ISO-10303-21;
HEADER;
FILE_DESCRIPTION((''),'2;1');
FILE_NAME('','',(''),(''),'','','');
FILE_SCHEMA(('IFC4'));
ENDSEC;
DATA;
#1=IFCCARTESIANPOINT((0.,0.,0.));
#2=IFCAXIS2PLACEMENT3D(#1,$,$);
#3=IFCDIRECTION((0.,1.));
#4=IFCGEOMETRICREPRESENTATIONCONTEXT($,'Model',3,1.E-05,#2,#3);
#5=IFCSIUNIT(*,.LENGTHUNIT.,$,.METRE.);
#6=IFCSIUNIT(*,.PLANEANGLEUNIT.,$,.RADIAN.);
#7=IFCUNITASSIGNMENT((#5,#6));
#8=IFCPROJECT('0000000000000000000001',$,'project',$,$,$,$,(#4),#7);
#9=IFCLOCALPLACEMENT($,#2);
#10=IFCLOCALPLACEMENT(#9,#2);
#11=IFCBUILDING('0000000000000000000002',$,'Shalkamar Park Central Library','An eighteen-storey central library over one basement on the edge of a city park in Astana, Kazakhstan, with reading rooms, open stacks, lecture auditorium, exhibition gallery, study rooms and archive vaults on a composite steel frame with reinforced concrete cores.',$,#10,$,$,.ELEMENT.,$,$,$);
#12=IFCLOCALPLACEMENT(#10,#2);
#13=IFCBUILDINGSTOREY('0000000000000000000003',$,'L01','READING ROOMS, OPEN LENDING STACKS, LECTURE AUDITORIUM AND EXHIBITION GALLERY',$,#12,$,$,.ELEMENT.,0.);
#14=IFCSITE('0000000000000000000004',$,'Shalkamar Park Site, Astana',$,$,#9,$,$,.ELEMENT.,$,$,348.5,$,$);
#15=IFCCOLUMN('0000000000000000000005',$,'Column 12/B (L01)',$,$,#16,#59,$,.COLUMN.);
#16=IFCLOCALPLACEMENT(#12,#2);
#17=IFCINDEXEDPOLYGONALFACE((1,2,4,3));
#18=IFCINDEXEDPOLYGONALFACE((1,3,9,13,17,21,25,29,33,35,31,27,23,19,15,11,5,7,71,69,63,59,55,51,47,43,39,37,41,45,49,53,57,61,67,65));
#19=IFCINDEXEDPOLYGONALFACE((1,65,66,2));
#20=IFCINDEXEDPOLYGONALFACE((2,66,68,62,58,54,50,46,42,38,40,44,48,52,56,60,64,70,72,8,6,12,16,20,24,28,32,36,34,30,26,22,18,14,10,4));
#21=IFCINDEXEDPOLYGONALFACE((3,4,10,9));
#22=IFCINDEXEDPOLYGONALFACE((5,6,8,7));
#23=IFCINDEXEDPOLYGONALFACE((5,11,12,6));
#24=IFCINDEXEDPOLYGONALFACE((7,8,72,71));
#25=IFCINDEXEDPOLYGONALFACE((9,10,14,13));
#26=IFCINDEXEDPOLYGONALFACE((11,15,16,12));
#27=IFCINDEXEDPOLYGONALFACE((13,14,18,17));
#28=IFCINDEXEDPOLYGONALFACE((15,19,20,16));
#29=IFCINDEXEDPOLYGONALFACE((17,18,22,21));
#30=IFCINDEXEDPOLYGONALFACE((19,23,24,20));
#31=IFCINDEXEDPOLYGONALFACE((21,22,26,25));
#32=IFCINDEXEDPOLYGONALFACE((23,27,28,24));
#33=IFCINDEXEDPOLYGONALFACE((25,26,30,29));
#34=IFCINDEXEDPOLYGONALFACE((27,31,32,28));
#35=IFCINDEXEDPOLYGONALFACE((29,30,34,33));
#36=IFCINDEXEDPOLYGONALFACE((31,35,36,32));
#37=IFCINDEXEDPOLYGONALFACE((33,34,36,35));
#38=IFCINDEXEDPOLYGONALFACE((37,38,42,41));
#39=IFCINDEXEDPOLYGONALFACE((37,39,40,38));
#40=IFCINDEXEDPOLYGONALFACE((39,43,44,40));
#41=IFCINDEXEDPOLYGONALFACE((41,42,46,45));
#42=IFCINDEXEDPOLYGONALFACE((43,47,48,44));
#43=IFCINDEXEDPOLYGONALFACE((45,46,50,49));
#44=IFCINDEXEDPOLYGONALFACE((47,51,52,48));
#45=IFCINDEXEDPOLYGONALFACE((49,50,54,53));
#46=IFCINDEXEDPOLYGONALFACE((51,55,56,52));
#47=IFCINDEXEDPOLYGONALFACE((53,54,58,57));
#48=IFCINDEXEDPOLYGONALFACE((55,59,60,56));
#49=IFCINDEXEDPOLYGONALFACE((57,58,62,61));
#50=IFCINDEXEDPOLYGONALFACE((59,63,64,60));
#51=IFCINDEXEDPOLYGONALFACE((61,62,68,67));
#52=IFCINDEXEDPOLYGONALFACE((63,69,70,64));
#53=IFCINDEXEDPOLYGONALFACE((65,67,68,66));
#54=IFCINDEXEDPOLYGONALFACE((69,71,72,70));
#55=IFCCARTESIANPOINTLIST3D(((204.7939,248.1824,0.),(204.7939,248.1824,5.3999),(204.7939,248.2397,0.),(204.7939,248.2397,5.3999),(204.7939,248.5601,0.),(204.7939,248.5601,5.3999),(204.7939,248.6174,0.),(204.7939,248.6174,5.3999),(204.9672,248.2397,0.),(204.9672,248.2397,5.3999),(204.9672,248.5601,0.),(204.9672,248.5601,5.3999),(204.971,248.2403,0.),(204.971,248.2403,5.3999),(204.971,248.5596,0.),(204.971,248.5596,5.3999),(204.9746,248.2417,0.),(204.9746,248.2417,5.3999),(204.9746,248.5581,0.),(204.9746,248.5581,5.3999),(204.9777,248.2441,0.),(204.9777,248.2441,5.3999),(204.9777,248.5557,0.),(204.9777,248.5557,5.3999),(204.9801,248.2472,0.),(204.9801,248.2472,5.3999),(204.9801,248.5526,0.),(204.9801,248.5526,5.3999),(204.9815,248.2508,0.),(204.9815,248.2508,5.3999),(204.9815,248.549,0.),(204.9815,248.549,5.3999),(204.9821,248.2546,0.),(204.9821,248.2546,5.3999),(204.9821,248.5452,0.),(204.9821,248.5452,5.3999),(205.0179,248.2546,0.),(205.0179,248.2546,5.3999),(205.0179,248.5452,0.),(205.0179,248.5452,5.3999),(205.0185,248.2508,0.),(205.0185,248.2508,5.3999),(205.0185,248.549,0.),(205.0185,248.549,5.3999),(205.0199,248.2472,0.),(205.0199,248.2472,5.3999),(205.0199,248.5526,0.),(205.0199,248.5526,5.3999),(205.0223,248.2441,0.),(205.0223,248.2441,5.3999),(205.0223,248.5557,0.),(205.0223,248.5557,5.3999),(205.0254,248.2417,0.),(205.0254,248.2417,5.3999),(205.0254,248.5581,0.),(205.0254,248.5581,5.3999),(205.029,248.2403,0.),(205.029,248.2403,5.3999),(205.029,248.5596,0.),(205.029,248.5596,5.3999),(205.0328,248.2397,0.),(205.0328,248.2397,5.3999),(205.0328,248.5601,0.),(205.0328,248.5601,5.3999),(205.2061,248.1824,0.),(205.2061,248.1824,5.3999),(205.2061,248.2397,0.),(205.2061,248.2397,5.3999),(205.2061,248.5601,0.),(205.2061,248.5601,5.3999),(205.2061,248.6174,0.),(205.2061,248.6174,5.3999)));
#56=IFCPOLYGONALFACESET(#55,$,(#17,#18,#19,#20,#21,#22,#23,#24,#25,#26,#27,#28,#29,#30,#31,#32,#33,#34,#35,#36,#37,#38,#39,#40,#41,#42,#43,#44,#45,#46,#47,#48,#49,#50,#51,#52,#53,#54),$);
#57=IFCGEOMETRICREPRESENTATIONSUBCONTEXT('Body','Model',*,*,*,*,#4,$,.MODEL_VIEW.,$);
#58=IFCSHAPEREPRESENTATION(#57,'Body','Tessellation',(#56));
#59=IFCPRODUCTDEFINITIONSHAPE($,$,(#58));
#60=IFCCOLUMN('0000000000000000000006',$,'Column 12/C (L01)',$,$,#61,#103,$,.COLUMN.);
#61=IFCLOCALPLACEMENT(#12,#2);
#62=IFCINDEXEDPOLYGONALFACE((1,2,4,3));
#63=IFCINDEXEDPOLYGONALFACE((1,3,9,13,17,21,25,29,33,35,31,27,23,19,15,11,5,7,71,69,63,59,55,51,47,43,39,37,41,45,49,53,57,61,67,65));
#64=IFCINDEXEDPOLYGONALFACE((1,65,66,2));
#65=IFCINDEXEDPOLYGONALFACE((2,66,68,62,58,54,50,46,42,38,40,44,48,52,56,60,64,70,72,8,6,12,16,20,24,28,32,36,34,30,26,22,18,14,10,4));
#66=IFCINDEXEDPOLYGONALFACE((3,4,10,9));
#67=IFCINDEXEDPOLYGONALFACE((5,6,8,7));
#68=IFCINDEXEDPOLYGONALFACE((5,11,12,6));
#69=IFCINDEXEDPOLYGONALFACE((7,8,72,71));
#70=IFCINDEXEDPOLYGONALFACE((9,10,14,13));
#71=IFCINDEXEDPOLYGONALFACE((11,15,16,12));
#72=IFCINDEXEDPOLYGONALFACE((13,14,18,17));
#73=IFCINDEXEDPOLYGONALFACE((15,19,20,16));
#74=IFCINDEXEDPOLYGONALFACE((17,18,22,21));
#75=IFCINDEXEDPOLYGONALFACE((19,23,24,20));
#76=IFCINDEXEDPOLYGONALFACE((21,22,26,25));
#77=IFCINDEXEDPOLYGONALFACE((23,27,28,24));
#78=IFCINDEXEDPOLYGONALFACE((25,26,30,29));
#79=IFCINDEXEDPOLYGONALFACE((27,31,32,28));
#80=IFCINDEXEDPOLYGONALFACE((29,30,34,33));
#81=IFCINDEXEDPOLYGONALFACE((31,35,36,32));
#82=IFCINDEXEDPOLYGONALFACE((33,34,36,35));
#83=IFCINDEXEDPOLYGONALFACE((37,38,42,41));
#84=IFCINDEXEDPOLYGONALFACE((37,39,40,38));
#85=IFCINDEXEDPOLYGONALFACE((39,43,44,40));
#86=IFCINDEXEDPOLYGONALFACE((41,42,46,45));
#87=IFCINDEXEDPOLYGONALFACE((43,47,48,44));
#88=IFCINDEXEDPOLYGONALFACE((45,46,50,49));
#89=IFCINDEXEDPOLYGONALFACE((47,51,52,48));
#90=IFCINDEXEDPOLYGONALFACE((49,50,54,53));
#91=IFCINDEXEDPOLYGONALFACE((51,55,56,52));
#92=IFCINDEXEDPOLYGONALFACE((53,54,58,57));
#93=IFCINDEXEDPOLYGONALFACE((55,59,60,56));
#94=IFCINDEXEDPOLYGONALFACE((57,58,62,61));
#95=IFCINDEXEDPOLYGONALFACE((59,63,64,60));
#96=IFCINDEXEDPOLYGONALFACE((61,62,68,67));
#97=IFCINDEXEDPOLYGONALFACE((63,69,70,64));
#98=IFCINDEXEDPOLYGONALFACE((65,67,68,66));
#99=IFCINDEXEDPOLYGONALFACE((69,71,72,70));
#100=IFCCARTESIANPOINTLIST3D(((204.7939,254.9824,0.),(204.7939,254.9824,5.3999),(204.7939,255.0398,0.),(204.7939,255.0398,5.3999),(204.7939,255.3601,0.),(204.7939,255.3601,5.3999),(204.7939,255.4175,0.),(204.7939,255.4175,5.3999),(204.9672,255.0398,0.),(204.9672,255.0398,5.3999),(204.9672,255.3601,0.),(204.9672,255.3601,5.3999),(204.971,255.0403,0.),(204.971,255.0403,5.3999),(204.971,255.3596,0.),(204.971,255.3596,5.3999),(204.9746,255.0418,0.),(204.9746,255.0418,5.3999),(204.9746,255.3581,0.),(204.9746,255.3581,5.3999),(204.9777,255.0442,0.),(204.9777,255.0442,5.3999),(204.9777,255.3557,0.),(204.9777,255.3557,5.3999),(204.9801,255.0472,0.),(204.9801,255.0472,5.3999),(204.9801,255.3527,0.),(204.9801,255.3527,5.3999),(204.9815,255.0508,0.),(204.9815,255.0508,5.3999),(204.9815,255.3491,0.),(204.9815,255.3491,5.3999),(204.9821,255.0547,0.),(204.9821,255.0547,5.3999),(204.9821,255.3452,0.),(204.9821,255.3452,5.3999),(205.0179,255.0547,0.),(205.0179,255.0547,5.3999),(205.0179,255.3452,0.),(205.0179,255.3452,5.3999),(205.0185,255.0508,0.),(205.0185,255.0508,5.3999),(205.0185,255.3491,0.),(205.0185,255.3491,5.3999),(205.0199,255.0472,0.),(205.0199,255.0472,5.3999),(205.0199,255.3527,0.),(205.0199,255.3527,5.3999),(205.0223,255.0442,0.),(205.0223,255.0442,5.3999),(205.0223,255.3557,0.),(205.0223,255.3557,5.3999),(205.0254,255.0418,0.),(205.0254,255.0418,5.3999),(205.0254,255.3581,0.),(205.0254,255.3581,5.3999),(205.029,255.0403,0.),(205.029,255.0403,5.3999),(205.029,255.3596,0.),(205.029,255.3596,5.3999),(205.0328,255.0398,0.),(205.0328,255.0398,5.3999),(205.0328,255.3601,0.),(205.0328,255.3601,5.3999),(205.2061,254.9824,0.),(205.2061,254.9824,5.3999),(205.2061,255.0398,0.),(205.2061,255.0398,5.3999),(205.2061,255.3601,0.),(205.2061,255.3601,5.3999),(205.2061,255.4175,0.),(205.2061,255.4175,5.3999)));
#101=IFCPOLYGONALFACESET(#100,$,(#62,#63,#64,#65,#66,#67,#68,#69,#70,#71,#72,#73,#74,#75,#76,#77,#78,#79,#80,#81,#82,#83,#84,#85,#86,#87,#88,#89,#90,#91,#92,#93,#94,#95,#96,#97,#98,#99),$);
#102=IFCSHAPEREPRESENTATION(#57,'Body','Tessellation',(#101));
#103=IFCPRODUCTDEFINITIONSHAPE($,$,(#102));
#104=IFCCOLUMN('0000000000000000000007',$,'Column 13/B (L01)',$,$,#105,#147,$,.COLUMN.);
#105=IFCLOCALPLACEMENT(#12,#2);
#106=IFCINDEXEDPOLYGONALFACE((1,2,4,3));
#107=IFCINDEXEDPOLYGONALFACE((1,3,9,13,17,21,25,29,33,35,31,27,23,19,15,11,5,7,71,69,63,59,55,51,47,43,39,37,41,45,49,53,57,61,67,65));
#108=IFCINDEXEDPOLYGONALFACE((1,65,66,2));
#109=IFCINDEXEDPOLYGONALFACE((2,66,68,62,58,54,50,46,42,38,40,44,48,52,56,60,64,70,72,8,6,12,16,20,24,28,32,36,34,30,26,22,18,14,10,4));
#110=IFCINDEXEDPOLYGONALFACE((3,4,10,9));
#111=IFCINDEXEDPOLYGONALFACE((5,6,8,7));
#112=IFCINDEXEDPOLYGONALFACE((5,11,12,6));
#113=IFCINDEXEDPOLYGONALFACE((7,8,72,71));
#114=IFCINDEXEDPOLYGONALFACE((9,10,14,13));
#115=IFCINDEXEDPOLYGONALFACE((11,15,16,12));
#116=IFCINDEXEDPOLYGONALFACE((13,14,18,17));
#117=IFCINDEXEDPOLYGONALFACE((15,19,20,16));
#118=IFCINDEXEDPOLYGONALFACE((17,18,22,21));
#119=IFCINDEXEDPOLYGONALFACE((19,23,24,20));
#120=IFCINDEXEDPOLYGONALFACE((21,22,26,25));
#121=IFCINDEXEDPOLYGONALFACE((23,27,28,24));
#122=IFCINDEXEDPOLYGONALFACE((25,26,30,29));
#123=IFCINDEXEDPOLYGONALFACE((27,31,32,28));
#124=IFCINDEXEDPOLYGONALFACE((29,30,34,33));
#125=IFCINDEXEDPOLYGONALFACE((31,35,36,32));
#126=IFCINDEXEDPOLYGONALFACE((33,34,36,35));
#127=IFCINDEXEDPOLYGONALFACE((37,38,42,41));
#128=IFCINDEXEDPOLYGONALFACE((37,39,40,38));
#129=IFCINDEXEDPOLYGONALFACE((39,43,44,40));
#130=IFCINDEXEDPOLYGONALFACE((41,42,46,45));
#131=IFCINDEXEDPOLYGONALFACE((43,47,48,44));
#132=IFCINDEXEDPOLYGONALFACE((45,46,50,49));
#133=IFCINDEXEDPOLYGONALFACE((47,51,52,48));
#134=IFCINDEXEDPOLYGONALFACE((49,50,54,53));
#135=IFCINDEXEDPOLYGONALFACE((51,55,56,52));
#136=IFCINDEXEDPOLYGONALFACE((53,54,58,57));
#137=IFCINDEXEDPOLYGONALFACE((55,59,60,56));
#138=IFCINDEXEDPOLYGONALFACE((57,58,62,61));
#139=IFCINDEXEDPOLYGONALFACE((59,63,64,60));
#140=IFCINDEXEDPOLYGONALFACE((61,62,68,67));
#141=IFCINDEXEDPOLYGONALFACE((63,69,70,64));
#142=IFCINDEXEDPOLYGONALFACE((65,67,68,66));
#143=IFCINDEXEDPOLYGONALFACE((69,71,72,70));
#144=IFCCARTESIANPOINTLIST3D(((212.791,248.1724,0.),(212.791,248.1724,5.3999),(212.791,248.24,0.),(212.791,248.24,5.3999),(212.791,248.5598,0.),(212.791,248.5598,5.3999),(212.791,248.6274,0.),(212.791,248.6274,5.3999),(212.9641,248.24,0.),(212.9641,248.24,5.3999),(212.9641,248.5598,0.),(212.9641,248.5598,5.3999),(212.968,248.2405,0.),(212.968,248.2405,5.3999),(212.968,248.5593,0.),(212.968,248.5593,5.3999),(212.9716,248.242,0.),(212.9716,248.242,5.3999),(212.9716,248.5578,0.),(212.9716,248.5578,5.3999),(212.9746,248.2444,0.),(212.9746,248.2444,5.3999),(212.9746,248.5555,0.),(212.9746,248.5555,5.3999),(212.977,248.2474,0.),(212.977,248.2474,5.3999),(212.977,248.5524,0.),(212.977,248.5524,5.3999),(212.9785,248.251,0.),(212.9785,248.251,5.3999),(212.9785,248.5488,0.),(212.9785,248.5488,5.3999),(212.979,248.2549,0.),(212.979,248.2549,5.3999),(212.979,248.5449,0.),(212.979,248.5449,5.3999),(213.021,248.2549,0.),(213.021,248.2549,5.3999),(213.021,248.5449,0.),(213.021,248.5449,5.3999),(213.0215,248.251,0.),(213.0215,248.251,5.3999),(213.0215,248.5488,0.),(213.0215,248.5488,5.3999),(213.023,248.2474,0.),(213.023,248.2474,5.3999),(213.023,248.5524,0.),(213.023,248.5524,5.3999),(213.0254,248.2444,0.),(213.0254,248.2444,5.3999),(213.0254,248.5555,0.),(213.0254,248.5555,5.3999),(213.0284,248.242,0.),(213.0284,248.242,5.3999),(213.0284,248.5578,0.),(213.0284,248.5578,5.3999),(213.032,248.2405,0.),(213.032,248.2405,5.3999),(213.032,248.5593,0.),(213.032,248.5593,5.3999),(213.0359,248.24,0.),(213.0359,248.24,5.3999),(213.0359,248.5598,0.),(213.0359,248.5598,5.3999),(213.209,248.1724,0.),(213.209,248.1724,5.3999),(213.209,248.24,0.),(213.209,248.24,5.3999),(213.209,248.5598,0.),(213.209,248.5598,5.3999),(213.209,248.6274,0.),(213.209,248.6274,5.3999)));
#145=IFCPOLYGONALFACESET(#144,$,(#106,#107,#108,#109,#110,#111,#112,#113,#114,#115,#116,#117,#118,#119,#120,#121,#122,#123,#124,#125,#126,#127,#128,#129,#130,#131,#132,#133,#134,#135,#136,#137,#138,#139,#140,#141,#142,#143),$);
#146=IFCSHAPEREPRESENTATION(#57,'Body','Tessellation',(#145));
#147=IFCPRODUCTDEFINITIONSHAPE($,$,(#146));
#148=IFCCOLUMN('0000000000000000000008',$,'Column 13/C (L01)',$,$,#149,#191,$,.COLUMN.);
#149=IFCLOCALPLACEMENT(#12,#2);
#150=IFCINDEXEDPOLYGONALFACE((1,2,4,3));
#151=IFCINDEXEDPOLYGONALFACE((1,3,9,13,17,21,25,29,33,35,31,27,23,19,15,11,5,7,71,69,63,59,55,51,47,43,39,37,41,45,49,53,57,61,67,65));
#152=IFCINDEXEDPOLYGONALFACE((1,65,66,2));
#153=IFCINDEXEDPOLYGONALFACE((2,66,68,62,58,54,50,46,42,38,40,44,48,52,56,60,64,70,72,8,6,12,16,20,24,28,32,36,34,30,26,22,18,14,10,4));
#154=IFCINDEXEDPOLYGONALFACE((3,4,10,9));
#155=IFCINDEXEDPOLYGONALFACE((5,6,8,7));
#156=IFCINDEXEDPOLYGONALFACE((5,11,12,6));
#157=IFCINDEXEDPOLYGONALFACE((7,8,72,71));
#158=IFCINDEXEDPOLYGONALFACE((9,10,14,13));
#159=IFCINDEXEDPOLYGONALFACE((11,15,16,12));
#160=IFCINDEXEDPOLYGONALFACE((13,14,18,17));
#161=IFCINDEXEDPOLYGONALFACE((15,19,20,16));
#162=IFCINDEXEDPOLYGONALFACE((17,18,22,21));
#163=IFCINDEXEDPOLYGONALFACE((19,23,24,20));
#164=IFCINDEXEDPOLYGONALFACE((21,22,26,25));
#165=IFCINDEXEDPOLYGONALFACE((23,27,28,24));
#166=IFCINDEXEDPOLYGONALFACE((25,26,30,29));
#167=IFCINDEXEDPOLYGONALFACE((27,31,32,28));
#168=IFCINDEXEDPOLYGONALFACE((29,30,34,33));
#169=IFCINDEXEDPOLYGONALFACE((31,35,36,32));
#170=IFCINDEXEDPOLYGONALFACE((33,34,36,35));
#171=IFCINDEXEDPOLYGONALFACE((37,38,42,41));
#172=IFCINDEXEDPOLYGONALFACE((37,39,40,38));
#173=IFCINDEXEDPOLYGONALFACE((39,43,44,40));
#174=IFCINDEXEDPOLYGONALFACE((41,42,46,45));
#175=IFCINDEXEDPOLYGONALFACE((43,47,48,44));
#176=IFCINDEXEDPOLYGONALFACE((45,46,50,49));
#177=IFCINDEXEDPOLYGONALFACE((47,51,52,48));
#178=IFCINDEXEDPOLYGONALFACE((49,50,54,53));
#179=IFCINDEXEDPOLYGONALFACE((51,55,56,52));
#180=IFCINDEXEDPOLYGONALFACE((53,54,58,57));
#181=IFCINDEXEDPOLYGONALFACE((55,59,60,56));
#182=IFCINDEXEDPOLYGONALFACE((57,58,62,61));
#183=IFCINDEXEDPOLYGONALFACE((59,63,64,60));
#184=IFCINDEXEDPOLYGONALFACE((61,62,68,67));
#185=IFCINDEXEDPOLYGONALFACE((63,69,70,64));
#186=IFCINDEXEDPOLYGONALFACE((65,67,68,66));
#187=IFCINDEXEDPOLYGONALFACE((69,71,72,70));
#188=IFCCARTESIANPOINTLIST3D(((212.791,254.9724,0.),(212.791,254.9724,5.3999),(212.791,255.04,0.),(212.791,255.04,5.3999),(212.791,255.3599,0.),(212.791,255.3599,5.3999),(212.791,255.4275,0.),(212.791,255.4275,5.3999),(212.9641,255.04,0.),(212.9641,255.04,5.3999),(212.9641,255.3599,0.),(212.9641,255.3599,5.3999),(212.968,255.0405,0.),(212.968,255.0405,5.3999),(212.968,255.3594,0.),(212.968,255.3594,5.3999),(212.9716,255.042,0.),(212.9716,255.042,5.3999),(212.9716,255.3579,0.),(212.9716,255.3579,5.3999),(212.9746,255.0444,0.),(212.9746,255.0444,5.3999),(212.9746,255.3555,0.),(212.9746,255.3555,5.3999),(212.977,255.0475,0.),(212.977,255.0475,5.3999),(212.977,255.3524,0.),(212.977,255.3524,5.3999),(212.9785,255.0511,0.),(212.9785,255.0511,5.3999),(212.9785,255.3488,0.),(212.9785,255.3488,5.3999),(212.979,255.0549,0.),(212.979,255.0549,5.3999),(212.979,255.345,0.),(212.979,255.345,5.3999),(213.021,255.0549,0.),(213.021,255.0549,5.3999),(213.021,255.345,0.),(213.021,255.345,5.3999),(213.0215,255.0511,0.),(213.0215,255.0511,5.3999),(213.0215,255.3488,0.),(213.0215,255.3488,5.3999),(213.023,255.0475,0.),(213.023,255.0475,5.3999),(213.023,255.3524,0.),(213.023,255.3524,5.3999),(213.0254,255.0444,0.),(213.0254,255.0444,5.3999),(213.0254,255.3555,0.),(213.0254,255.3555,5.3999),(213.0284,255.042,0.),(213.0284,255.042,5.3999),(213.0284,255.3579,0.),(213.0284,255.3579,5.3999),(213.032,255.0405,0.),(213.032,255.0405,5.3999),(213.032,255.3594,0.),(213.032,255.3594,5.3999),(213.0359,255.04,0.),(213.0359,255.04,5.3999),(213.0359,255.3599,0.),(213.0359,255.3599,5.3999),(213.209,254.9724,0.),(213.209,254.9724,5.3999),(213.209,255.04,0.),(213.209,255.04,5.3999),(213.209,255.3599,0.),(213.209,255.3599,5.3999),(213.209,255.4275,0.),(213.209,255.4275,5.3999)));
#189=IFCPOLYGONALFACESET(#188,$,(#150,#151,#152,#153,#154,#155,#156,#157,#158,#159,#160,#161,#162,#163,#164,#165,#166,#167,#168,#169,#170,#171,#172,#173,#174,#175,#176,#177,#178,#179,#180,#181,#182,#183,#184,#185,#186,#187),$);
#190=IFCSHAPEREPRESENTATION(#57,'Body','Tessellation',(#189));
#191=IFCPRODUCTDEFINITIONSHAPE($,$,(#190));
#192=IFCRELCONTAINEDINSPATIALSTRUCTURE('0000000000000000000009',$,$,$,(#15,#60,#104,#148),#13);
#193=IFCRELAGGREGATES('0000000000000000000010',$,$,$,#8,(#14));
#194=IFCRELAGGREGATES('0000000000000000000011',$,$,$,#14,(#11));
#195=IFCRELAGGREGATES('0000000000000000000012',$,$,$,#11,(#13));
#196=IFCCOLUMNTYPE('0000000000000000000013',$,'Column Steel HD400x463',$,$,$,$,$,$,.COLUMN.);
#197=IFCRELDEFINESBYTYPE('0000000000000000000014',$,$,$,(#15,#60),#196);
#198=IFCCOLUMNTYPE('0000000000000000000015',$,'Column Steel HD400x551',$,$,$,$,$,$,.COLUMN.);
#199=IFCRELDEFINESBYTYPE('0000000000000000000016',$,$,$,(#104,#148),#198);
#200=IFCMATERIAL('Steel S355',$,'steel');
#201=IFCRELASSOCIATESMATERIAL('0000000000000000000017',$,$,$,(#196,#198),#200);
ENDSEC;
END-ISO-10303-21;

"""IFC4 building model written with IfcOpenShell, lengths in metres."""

from ifc_helpers import new_model, si_unit, direction, frame, origin, origin_2d, place, context, subcontext, project, spatial, i_section, extrude, material, material_profile, profile_set, type_object, element, save


model = new_model("IFC4")

# Units and contexts
model_context = context("Model", 3, precision=1e-05, world=origin(), true_north=direction((0.0, 1.0)))
body_context = subcontext(model_context, "Body", "Model", "MODEL_VIEW")
ifc_project = project(units=[si_unit("LENGTHUNIT", "METRE"), si_unit("PLANEANGLEUNIT", "RADIAN")], contexts=[model_context])

# Site, building, storey
site_placement = place(None, origin())
site = spatial("IfcSite", under=ifc_project, at=site_placement, Name="Shalkamar Park Site, Astana", CompositionType="ELEMENT", RefElevation=348.5)
building_placement = place(site_placement, origin())
building = spatial("IfcBuilding", under=site, at=building_placement, Name="Shalkamar Park Central Library", Description="An eighteen-storey central library over one basement on the edge of a city park in Astana, Kazakhstan, with reading rooms, open stacks, lecture auditorium, exhibition gallery, study rooms and archive vaults on a composite steel frame with reinforced concrete cores.", CompositionType="ELEMENT")
storey_placement = place(building_placement, origin())
storey = spatial("IfcBuildingStorey", under=building, at=storey_placement, Name="L01", Description="READING ROOMS, OPEN LENDING STACKS, LECTURE AUDITORIUM AND EXHIBITION GALLERY", CompositionType="ELEMENT", Elevation=0.0)

# Columns
ifc_material_1 = material(Name="Steel S355", Category="steel")
ifc_material_profile_1 = material_profile(ifc_material_1, i_section(OverallWidth=0.4121, OverallDepth=0.4351, WebThickness=0.0359, FlangeThickness=0.0574, FilletRadius=0.0149, at=origin_2d()), Name="HD 400x463")
ifc_profile_set_1 = profile_set([ifc_material_profile_1], Name="Steel S355")
column_type_1 = type_object("IfcColumnType", Name="Column Steel HD400x463", PredefinedType="COLUMN", material=ifc_profile_set_1)
for number, where, z_axis, x_axis, name in (
    (1, (205.0, 248.3999, 0.0), (0.0, 0.0, 1.0), (1.0, 0.0, 0.0), "Column 12/B (L01)"),
    (2, (205.0, 255.2, 0.0), (0.0, 0.0, 1.0), (1.0, 0.0, 0.0), "Column 12/C (L01)"),
):
    element("IfcColumn", number, at=place(storey_placement, frame(where, z_axis=z_axis, x_axis=x_axis)), inside=storey, type_object=column_type_1, Name=name, PredefinedType="COLUMN", context=body_context, shape_type="SweptSolid", body=[
        extrude(i_section(OverallWidth=0.4121, OverallDepth=0.4351, WebThickness=0.0359, FlangeThickness=0.0574, FilletRadius=0.0149, at=origin_2d()), origin(), (0.0, 0.0, 1.0), 5.3999),
    ])
ifc_material_profile_2 = material_profile(ifc_material_1, i_section(OverallWidth=0.418, OverallDepth=0.4551, WebThickness=0.042, FlangeThickness=0.0676, FilletRadius=0.0149, at=origin_2d()), Name="HD 400x551")
ifc_profile_set_2 = profile_set([ifc_material_profile_2], Name="Steel S355")
column_type_2 = type_object("IfcColumnType", Name="Column Steel HD400x551", PredefinedType="COLUMN", material=ifc_profile_set_2)
for number, where, z_axis, x_axis, name in (
    (3, (213.0, 248.3999, 0.0), (0.0, 0.0, 1.0), (1.0, 0.0, 0.0), "Column 13/B (L01)"),
    (4, (213.0, 255.2, 0.0), (0.0, 0.0, 1.0), (1.0, 0.0, 0.0), "Column 13/C (L01)"),
):
    element("IfcColumn", number, at=place(storey_placement, frame(where, z_axis=z_axis, x_axis=x_axis)), inside=storey, type_object=column_type_2, Name=name, PredefinedType="COLUMN", context=body_context, shape_type="SweptSolid", body=[
        extrude(i_section(OverallWidth=0.418, OverallDepth=0.4551, WebThickness=0.042, FlangeThickness=0.0676, FilletRadius=0.0149, at=origin_2d()), origin(), (0.0, 0.0, 1.0), 5.3999),
    ])

save(model, "model.ifc")
